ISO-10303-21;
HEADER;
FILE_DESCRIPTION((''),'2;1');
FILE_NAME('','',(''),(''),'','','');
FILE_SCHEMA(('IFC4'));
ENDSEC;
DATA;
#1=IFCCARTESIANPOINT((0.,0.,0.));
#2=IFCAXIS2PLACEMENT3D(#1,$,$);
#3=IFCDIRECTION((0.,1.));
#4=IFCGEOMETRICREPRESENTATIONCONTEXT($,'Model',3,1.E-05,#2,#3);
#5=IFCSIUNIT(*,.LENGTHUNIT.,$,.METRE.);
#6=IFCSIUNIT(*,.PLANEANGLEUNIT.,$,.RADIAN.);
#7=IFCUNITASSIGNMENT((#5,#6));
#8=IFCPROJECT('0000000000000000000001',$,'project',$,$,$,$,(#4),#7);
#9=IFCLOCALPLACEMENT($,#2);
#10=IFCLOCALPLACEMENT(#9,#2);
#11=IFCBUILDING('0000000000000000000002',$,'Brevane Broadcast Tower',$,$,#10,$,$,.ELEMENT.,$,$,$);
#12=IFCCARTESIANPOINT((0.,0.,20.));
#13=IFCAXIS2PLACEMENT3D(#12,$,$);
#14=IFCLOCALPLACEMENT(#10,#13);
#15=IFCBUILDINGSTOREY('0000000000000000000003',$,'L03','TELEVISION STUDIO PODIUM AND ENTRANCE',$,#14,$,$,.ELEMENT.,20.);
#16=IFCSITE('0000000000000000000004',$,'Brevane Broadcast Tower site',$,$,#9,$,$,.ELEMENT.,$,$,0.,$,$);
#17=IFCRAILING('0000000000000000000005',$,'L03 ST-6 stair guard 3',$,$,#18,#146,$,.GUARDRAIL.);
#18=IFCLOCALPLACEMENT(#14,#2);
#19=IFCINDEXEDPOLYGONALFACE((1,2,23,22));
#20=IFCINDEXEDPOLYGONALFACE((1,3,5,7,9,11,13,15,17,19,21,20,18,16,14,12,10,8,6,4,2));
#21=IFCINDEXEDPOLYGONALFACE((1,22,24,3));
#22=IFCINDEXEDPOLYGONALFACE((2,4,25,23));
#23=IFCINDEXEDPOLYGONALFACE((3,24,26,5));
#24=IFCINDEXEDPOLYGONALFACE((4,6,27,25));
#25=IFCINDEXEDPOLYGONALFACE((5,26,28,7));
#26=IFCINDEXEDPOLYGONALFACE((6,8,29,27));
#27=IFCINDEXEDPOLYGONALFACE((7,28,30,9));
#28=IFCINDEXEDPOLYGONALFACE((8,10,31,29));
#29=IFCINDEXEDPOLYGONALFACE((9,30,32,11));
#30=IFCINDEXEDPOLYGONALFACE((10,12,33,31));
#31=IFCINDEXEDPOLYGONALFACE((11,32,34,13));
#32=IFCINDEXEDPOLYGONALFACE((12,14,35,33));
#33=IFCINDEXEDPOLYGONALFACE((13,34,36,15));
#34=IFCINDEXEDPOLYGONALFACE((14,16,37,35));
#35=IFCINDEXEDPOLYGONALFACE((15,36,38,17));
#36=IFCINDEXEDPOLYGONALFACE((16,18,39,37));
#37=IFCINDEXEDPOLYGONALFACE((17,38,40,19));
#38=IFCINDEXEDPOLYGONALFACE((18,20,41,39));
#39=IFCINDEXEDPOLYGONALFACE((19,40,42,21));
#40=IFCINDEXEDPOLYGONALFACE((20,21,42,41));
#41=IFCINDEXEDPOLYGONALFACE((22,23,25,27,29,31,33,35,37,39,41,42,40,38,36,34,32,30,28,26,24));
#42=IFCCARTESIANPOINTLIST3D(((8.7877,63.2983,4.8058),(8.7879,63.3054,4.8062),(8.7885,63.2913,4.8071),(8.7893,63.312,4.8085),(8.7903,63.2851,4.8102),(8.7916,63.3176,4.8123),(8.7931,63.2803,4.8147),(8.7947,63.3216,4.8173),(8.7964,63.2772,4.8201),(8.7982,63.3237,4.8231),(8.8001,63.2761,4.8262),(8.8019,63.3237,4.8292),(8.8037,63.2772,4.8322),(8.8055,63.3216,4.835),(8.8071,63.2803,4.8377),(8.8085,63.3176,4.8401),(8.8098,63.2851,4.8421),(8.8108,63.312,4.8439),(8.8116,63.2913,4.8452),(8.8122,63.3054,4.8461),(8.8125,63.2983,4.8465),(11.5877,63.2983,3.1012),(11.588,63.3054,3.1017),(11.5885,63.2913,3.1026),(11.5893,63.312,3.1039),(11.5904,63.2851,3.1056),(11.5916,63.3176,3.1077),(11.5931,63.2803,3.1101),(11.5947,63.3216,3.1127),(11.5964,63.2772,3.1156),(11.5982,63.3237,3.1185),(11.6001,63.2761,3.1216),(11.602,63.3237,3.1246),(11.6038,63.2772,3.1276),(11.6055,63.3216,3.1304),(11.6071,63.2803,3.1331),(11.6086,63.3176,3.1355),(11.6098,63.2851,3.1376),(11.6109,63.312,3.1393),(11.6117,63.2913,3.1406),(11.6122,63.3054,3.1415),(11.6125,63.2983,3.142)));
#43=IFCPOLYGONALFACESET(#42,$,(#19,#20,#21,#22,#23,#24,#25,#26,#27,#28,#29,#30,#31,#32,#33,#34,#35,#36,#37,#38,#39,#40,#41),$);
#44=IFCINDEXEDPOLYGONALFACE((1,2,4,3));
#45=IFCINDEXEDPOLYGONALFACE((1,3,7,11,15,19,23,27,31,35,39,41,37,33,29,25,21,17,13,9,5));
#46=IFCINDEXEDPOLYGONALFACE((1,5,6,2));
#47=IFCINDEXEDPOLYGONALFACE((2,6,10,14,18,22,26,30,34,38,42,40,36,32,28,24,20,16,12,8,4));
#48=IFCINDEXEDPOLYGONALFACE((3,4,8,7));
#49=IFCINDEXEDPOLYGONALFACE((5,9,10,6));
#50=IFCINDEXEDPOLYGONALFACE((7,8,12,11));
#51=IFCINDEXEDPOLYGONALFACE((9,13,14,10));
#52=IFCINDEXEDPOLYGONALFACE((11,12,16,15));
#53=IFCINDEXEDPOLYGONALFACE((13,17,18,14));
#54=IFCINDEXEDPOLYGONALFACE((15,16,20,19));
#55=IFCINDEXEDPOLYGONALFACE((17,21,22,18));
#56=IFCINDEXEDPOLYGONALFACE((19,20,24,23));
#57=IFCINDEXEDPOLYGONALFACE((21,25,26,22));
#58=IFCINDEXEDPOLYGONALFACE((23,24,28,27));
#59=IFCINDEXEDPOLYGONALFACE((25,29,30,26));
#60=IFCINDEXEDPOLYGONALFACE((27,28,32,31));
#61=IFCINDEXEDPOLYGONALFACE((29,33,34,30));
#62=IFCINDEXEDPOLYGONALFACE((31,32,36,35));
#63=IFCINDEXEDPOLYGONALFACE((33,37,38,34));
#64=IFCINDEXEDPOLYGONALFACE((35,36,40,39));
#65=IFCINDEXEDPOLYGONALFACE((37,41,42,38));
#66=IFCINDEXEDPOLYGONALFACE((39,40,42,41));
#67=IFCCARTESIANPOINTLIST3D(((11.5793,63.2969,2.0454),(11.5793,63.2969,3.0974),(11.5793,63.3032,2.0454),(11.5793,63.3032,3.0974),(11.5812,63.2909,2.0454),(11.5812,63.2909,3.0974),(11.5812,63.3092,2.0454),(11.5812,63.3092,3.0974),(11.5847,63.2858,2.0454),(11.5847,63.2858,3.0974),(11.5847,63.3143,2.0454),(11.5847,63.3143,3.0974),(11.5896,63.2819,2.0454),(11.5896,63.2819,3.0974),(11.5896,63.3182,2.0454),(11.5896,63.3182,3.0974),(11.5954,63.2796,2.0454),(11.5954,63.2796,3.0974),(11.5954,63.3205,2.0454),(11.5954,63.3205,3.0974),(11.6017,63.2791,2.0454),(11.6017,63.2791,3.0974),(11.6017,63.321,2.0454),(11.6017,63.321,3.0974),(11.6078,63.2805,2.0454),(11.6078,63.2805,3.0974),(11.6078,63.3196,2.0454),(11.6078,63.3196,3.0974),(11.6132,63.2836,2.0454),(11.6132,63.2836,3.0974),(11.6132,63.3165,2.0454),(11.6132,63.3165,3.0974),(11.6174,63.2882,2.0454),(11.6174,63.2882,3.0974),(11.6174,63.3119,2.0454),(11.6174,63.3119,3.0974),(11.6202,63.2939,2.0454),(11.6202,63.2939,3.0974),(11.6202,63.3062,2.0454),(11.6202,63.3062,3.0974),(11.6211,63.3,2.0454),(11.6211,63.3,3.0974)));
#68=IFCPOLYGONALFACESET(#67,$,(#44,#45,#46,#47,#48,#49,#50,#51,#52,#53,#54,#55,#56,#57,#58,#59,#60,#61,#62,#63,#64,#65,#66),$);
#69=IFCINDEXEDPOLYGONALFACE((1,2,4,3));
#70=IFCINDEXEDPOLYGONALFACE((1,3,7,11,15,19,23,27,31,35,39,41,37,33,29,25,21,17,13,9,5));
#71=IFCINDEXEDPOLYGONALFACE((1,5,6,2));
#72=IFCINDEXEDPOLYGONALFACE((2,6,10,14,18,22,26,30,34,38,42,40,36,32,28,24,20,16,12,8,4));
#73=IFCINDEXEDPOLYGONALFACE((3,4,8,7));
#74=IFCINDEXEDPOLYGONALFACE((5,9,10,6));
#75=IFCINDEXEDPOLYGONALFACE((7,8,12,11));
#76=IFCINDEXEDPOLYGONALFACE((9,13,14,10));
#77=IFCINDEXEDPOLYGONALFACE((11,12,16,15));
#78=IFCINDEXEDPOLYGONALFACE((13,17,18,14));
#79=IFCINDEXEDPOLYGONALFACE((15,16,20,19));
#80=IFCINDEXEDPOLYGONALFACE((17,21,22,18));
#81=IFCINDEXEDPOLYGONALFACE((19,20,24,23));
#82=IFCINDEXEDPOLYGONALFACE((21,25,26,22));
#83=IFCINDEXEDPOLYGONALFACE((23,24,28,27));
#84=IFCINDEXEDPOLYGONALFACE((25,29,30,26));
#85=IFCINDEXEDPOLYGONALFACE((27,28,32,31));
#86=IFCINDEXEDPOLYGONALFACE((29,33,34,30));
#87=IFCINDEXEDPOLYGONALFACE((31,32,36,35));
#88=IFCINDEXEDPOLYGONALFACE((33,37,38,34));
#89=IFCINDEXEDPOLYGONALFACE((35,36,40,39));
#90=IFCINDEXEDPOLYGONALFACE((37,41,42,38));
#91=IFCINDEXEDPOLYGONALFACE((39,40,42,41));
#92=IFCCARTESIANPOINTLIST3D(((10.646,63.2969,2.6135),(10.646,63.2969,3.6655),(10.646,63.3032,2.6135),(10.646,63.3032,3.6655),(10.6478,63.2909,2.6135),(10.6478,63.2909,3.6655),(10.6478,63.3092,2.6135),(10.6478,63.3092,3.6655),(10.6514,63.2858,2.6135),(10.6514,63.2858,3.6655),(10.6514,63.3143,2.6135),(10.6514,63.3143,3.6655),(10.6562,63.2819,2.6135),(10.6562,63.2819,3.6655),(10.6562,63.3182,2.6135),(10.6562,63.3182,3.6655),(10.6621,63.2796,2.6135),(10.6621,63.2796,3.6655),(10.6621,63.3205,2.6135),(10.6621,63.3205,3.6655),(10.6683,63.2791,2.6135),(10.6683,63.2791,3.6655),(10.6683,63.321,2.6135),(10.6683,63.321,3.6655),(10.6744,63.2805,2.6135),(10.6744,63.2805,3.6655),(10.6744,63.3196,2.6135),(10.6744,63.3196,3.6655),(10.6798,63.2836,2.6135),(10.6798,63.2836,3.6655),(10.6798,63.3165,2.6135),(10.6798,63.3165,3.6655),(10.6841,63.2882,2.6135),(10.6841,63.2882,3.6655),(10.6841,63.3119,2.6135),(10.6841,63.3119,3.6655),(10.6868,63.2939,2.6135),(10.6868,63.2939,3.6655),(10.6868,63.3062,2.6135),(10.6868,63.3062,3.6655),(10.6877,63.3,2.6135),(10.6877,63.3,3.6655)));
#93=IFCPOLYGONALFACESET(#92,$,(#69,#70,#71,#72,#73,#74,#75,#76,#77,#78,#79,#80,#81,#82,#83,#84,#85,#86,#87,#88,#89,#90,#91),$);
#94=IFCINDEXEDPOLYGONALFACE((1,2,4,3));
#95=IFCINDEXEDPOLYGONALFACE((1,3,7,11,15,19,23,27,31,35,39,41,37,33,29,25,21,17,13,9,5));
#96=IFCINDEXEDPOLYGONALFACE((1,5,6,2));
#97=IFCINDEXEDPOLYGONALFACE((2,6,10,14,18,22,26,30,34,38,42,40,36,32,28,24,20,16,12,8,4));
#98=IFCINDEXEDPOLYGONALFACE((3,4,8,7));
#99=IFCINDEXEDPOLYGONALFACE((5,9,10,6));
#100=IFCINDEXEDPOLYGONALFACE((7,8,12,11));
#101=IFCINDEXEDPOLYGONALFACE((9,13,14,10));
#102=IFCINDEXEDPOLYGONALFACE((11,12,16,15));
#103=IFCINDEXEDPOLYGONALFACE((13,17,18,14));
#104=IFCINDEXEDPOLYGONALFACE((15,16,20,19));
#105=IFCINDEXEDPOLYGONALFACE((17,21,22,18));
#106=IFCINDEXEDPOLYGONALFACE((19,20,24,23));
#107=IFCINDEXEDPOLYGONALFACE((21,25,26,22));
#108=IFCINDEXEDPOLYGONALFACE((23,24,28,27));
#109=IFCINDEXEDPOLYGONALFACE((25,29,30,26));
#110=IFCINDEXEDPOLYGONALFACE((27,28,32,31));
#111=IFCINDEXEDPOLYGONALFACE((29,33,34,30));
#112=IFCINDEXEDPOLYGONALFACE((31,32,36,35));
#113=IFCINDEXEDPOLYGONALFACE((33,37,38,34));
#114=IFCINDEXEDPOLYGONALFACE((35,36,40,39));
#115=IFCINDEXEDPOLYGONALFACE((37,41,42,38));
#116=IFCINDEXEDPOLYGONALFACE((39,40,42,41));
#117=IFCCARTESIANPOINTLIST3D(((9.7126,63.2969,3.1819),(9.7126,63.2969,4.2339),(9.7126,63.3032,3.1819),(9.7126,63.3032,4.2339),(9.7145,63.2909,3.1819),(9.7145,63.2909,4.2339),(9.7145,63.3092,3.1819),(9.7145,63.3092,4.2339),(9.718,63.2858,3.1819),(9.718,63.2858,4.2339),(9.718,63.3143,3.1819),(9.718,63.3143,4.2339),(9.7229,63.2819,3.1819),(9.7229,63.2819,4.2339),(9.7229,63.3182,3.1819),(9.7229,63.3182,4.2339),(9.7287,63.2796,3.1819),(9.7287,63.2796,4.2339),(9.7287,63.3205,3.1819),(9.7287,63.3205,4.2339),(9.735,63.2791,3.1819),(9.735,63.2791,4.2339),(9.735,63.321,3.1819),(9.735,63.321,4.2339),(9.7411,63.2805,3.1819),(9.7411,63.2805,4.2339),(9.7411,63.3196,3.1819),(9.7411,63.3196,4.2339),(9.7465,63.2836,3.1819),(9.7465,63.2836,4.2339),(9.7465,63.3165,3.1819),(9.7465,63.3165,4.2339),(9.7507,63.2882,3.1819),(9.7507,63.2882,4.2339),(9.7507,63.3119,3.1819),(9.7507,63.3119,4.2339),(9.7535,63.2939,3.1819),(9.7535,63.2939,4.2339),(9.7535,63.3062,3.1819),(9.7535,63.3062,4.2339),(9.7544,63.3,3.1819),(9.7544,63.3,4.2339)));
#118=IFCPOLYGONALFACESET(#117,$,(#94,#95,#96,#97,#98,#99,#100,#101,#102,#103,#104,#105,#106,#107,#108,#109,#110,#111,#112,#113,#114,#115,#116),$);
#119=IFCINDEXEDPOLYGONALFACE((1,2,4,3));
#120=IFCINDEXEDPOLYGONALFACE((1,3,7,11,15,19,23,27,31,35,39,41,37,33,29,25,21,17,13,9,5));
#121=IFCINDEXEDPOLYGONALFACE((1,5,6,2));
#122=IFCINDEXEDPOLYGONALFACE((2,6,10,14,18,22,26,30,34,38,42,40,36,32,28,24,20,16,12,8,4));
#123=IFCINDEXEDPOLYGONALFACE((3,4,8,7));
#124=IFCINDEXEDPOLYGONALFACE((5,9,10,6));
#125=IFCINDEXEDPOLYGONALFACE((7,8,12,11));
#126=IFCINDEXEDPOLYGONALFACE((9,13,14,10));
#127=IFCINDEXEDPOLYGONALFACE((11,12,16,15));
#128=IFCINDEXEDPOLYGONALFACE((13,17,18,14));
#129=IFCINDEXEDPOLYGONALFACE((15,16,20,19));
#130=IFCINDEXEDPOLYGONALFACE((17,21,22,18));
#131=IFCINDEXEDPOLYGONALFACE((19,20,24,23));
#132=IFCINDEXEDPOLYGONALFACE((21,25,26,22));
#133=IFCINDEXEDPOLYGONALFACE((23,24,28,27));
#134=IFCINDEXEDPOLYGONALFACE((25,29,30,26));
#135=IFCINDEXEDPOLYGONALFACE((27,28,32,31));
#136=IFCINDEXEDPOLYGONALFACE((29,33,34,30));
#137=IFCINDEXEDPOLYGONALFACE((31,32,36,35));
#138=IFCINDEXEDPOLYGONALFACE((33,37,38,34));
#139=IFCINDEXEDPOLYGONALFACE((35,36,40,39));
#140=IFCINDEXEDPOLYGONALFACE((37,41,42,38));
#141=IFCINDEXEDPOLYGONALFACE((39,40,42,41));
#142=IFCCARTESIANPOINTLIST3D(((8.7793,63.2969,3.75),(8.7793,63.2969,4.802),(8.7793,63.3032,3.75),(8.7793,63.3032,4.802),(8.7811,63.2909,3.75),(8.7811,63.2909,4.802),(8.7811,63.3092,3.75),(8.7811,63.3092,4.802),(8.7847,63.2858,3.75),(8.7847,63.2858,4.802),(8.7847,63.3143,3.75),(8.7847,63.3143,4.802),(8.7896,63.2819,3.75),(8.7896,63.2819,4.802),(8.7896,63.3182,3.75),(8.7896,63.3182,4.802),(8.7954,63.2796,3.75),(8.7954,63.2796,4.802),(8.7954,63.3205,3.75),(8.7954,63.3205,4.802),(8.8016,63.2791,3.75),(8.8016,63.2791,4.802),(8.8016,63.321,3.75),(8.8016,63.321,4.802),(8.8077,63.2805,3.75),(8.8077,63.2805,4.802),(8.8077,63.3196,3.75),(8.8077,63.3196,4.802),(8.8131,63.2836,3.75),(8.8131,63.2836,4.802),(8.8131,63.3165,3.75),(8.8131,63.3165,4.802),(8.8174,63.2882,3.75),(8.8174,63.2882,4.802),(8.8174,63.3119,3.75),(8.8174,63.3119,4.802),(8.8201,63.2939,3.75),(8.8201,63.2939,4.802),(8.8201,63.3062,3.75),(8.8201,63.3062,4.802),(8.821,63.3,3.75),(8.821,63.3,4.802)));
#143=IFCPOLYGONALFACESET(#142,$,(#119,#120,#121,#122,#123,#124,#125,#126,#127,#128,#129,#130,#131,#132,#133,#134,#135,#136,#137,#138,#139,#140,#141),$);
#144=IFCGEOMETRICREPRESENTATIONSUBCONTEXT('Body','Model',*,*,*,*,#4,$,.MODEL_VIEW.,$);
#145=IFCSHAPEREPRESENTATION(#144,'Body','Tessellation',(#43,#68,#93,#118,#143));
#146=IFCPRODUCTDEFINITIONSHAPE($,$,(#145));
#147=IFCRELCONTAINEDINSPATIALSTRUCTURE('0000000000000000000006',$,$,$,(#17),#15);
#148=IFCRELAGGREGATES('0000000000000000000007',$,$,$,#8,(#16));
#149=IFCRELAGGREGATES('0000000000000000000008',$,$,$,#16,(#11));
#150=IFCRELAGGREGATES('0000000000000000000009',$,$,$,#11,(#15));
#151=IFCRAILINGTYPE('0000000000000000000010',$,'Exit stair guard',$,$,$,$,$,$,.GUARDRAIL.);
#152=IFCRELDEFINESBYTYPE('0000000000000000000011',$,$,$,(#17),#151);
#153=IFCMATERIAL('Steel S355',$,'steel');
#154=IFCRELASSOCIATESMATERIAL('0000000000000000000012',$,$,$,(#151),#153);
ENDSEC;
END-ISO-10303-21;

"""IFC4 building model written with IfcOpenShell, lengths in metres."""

from ifc_helpers import new_model, si_unit, direction, frame, origin, origin_2d, place, context, subcontext, project, spatial, circle, extrude, material, type_object, element, save


model = new_model("IFC4")

# Units and contexts
model_context = context("Model", 3, precision=1e-05, world=origin(), true_north=direction((0.0, 1.0)))
body_context = subcontext(model_context, "Body", "Model", "MODEL_VIEW")
ifc_project = project(units=[si_unit("LENGTHUNIT", "METRE"), si_unit("PLANEANGLEUNIT", "RADIAN")], contexts=[model_context])

# Site, building, storey
site_placement = place(None, origin())
site = spatial("IfcSite", under=ifc_project, at=site_placement, Name="Brevane Broadcast Tower site", CompositionType="ELEMENT", RefElevation=0.0)
building_placement = place(site_placement, origin())
building = spatial("IfcBuilding", under=site, at=building_placement, Name="Brevane Broadcast Tower", CompositionType="ELEMENT")
storey_placement = place(building_placement, frame((0.0, 0.0, 20.0)))
storey = spatial("IfcBuildingStorey", under=building, at=storey_placement, Name="L03", Description="TELEVISION STUDIO PODIUM AND ENTRANCE", CompositionType="ELEMENT", Elevation=20.0)

# Railing
ifc_material_1 = material(Name="Steel S355", Category="steel")
railing_type_1 = type_object("IfcRailingType", Name="Exit stair guard", PredefinedType="GUARDRAIL", material=ifc_material_1)
railing_1_placement = place(storey_placement, frame((11.6001, 63.3, 2.0454)))
element("IfcRailing", 1, at=railing_1_placement, inside=storey, type_object=railing_type_1, Name="L03 ST-6 stair guard 3", PredefinedType="GUARDRAIL", context=body_context, shape_type="SweptSolid", body=[
    extrude(circle(Radius=0.0239, at=origin_2d()), frame((0.0, 0.0, 1.0762), z_axis=(-0.85417, 0.0, 0.519994), x_axis=(0.0, -1.0, 0.0)), (0.0, 0.0, 1.0), 3.2781),
    extrude(circle(Radius=0.021, at=origin_2d()), origin(), (0.0, 0.0, 1.0), 1.052),
    extrude(circle(Radius=0.021, at=origin_2d()), frame((-0.9333, 0.0, 0.5681)), (0.0, 0.0, 1.0), 1.052),
    extrude(circle(Radius=0.021, at=origin_2d()), frame((-1.8667, 0.0, 1.1365)), (0.0, 0.0, 1.0), 1.052),
    extrude(circle(Radius=0.021, at=origin_2d()), frame((-2.8, 0.0, 1.7046)), (0.0, 0.0, 1.0), 1.052),
])

save(model, "model.ifc")
